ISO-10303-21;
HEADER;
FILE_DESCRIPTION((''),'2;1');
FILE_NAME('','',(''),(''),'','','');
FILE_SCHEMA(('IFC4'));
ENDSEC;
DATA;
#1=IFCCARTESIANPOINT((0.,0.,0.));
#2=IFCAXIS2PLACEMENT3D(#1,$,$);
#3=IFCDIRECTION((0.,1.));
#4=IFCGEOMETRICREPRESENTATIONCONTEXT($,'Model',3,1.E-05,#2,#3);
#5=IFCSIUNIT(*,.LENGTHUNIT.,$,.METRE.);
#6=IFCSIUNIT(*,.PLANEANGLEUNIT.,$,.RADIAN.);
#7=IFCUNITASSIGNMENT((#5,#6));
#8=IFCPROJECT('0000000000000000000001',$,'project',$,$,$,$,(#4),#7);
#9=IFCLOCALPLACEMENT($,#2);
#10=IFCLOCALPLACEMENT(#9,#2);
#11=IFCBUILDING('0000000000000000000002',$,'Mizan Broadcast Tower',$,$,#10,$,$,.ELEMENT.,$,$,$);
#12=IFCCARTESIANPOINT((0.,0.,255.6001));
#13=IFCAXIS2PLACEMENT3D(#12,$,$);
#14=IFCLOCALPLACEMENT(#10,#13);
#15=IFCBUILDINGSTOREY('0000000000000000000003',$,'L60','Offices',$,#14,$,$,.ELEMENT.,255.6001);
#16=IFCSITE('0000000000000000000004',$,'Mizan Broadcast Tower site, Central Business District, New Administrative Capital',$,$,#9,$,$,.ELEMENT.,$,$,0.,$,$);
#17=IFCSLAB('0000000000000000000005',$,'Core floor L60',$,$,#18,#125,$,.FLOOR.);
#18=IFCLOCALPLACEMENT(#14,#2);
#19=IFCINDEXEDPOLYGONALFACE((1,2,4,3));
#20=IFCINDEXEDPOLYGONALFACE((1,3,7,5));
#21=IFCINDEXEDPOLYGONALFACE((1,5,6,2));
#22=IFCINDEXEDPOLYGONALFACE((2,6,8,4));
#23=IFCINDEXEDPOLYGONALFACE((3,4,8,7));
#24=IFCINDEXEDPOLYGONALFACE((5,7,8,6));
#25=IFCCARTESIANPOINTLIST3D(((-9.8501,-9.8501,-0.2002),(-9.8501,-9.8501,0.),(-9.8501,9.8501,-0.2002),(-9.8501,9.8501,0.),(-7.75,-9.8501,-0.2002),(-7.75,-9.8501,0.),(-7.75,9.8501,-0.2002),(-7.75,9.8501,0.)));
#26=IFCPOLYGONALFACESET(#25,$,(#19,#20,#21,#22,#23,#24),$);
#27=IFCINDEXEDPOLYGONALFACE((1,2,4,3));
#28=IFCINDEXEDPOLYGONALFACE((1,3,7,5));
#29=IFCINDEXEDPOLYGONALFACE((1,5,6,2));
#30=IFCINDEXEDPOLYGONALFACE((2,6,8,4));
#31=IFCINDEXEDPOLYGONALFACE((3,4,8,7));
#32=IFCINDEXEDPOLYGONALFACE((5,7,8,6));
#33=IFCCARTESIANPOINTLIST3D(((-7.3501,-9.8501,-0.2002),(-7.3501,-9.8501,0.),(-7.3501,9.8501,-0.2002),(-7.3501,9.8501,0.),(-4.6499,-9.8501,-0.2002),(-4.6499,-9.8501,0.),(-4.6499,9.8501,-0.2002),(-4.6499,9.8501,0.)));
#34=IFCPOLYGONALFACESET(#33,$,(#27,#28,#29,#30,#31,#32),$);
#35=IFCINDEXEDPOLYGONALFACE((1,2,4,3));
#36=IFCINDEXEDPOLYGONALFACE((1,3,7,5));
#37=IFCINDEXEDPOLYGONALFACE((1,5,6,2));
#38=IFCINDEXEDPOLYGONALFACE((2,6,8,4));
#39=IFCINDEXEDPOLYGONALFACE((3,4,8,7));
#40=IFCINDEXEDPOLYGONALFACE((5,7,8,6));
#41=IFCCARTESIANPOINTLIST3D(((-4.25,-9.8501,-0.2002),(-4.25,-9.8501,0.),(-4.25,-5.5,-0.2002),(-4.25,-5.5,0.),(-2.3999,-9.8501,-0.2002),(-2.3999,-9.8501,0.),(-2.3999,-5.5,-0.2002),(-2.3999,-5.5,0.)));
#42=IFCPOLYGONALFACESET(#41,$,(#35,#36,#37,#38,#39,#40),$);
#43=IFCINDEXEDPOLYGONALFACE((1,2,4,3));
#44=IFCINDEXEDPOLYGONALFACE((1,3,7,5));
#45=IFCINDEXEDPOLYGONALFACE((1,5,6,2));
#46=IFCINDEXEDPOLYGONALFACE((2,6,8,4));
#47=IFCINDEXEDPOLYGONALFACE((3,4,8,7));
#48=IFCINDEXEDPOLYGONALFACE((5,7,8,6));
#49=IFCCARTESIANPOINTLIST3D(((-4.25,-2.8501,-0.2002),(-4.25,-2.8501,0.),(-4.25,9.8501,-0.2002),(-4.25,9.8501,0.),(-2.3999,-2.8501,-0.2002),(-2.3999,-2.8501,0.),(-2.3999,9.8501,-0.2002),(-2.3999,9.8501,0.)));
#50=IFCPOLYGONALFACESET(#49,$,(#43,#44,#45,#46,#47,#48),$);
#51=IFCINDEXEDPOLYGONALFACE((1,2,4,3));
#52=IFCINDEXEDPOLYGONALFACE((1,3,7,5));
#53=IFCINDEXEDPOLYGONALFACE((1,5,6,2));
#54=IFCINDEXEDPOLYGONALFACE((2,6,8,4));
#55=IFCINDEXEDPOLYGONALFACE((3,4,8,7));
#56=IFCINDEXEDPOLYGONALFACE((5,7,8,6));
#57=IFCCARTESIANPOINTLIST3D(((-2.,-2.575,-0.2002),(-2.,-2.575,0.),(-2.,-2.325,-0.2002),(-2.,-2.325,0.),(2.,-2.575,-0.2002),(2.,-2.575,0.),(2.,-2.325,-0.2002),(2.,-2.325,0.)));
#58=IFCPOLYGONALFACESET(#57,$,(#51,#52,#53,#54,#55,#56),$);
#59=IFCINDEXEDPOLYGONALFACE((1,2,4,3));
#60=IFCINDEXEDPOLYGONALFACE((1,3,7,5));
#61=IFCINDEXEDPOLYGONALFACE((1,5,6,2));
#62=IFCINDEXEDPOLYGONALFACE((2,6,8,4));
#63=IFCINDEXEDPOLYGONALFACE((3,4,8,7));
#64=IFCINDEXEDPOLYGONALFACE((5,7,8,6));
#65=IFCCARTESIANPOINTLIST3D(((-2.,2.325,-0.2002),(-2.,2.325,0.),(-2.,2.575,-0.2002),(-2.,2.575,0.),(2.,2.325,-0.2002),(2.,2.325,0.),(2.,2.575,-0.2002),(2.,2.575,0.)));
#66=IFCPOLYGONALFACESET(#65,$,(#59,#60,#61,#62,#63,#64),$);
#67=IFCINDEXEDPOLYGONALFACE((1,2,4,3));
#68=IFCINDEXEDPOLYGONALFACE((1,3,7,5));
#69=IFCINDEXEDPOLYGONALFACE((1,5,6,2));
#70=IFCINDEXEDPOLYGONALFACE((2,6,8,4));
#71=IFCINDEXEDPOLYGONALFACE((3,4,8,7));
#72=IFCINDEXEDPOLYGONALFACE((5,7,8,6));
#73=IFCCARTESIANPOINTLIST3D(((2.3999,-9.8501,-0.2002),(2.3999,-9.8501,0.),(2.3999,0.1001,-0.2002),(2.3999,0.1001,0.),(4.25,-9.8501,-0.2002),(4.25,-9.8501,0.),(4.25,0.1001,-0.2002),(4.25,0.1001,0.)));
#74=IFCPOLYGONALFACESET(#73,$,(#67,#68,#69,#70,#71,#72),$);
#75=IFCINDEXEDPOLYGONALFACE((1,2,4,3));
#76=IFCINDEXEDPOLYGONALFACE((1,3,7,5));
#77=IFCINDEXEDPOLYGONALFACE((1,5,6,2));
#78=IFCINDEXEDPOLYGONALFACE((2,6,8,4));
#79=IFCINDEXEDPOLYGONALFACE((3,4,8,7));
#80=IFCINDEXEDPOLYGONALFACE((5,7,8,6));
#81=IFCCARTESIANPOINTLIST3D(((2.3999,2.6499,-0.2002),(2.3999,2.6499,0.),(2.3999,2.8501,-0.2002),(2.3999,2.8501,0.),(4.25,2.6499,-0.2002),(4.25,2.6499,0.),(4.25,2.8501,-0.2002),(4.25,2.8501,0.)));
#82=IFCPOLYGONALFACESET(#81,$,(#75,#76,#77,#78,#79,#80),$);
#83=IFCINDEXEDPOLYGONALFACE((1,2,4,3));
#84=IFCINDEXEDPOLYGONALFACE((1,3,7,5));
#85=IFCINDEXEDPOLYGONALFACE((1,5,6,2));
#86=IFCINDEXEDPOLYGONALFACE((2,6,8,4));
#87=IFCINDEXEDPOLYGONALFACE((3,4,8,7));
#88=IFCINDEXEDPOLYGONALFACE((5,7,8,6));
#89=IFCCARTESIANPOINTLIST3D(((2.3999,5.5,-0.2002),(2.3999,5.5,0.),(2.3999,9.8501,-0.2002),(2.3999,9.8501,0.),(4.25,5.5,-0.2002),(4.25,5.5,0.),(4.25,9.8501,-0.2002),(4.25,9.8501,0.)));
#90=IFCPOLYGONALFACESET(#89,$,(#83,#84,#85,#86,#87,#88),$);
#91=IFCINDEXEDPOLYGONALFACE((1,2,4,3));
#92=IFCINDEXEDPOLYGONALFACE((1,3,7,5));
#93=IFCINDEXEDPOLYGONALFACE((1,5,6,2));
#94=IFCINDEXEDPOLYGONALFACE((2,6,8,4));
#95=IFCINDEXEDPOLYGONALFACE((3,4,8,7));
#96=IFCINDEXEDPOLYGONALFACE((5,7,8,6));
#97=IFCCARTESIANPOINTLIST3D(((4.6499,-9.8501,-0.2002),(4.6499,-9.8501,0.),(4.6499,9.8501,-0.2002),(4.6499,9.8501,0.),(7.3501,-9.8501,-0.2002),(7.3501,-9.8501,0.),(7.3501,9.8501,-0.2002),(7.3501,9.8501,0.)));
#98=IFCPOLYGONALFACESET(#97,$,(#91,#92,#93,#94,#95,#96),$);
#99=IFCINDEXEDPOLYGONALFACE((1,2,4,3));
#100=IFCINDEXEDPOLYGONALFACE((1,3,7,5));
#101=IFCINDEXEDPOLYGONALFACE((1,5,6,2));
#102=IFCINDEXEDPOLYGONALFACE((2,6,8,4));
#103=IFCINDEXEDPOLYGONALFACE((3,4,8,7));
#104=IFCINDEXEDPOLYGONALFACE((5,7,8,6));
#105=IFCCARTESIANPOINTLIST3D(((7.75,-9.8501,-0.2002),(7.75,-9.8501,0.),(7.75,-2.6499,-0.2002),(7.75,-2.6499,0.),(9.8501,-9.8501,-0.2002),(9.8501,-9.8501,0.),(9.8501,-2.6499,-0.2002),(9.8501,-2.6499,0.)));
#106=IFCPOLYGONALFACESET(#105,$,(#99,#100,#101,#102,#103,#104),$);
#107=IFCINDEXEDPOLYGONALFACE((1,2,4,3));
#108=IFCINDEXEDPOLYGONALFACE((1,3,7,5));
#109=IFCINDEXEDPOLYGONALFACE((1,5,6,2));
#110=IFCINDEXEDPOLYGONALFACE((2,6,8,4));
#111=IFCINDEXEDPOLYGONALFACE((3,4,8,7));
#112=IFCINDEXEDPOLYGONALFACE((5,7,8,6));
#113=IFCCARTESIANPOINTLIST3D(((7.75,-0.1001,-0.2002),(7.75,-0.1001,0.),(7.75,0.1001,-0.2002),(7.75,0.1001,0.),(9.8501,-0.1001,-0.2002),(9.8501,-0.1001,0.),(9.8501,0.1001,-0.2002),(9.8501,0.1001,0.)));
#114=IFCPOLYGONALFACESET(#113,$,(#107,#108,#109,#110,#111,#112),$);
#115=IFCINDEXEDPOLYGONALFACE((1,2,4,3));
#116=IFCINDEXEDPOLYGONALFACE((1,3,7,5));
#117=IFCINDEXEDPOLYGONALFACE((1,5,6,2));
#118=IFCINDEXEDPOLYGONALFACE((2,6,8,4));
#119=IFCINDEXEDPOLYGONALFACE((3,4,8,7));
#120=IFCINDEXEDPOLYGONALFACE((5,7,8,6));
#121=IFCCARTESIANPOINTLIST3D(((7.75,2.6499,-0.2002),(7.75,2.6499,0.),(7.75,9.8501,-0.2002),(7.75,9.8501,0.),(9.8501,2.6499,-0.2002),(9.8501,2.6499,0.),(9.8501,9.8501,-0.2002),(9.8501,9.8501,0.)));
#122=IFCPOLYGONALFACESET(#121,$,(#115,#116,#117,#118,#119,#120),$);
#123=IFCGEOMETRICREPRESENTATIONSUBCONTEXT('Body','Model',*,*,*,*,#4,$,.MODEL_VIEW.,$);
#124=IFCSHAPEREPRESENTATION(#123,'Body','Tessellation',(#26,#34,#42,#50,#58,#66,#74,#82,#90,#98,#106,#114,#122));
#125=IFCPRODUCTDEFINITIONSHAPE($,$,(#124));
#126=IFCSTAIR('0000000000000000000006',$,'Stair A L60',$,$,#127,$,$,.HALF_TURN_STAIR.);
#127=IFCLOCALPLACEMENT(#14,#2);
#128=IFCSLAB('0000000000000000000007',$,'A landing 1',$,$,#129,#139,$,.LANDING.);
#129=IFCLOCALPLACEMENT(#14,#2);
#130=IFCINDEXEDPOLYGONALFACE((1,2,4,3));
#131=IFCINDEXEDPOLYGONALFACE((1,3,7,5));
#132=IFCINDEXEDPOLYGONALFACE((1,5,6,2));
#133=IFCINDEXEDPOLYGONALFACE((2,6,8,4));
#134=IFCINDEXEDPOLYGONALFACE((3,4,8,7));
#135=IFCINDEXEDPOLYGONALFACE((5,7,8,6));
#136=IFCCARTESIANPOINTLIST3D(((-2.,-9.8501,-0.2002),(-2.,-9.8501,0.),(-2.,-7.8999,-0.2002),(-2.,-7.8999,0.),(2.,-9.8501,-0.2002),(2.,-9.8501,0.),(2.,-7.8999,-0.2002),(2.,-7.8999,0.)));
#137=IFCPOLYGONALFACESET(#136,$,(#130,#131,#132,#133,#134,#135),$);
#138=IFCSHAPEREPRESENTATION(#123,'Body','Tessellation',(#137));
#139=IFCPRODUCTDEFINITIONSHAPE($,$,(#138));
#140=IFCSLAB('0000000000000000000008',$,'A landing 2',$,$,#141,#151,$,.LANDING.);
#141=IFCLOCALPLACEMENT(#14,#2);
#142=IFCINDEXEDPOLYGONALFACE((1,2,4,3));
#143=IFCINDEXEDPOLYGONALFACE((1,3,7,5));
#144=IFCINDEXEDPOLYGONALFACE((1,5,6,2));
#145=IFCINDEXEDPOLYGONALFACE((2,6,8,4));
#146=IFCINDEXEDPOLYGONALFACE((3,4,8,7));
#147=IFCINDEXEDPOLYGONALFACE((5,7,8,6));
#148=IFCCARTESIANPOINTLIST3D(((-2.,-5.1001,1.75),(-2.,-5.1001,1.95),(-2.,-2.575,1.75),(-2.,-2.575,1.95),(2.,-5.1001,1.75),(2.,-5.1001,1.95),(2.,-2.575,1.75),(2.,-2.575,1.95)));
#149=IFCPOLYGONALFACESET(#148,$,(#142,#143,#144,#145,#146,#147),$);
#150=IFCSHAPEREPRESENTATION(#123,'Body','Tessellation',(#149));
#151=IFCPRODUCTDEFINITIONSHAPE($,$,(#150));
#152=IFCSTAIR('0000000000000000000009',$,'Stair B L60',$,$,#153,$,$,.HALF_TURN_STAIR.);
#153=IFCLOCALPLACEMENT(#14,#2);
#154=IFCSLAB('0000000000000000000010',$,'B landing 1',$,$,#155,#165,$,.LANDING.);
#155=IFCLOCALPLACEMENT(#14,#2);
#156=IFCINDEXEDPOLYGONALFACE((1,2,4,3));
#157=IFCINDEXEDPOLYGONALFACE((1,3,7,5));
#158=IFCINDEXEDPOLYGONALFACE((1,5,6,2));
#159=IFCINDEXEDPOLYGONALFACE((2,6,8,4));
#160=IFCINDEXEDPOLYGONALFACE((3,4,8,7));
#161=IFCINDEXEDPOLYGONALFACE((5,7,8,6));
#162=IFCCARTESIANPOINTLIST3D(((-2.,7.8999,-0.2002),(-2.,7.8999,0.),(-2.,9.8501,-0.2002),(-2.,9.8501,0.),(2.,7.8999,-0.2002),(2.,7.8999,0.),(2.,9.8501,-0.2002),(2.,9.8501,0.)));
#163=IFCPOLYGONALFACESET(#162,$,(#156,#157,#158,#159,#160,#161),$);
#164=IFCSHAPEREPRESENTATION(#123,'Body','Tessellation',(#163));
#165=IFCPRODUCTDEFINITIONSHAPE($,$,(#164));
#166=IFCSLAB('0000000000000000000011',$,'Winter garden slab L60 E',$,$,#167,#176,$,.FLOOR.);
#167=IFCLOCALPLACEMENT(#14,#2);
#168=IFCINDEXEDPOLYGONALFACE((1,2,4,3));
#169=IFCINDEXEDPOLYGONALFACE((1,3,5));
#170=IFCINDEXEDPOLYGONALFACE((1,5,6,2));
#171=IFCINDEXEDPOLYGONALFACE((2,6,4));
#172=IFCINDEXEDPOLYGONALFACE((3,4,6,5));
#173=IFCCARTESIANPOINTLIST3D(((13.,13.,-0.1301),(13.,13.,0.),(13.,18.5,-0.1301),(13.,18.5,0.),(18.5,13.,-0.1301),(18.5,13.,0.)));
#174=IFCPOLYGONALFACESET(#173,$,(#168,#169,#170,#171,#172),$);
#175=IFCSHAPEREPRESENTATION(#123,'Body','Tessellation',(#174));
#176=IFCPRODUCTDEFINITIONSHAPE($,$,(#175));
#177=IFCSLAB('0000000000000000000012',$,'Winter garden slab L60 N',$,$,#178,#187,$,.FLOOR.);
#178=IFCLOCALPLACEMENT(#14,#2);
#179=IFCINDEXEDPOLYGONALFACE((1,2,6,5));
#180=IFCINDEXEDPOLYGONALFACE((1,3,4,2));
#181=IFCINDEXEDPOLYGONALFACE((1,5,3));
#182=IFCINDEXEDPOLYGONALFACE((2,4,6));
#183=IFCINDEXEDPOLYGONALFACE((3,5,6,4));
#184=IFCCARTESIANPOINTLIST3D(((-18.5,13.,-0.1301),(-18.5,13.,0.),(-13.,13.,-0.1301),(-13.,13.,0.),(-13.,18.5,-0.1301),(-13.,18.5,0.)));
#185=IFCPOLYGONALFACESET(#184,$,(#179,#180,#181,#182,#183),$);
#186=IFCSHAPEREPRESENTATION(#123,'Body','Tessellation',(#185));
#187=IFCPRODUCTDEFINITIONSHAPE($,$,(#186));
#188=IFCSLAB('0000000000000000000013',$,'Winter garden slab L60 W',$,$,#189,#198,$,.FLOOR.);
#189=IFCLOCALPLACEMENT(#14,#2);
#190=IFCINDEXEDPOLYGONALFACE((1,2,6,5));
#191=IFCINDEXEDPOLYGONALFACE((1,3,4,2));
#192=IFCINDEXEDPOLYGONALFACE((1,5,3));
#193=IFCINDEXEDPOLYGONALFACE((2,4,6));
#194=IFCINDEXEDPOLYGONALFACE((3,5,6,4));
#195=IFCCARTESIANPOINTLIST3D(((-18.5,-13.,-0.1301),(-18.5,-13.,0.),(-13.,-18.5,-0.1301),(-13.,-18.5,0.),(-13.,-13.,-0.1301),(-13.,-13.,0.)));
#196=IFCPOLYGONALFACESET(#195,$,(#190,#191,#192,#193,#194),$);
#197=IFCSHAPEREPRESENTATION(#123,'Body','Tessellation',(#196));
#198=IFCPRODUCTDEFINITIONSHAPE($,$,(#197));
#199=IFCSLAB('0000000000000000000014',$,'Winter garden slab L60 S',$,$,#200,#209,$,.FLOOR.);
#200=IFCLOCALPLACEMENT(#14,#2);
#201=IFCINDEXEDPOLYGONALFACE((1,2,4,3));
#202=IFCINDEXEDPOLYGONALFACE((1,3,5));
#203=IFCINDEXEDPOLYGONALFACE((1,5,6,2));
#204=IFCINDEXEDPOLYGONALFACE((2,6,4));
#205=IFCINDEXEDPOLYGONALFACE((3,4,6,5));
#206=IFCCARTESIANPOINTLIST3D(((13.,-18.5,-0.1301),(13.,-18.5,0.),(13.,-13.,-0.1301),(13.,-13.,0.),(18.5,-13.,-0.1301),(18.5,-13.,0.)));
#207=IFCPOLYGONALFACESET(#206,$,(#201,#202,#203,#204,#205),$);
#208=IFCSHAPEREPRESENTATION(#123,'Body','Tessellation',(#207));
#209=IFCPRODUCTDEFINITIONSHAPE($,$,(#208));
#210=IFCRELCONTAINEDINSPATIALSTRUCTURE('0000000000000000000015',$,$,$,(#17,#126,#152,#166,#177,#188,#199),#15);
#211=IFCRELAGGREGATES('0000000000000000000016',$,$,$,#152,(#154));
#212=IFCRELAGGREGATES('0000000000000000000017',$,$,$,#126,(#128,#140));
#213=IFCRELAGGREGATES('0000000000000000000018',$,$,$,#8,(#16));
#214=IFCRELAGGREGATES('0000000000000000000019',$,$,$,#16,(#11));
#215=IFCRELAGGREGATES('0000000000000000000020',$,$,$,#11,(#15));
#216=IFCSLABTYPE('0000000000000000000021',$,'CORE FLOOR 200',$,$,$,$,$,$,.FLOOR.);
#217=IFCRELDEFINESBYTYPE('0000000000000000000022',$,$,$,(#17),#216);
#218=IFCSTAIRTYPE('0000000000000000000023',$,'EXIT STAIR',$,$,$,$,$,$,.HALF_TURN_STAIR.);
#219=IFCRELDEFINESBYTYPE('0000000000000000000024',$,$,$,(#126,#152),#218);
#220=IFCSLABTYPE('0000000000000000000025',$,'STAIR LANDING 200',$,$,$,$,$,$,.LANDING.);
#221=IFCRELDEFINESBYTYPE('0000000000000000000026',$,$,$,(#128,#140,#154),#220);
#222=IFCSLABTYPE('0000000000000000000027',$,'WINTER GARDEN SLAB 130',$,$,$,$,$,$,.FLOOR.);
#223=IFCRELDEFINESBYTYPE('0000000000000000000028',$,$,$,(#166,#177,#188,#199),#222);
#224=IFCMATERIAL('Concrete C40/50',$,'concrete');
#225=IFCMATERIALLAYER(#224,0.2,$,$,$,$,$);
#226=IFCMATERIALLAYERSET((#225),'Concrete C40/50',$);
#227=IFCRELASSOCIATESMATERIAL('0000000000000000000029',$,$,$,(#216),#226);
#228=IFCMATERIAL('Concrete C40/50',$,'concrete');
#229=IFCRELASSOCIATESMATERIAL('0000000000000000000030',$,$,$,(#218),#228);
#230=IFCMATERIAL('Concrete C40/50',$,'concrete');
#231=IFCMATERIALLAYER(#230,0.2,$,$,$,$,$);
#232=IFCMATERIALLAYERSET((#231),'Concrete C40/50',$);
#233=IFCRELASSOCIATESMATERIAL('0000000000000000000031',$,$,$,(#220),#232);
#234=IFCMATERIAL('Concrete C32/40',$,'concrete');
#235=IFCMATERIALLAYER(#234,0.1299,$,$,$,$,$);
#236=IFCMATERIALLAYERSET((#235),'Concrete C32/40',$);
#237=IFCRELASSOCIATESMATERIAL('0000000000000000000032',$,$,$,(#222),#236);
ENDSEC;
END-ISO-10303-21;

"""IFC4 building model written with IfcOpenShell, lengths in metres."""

from ifc_helpers import new_model, si_unit, direction, frame, origin, place, context, subcontext, project, spatial, polyline, outline, extrude, material, layer, layer_set, type_object, element, aggregate, save


model = new_model("IFC4")

# Units and contexts
model_context = context("Model", 3, precision=1e-05, world=origin(), true_north=direction((0.0, 1.0)))
body_context = subcontext(model_context, "Body", "Model", "MODEL_VIEW")
ifc_project = project(units=[si_unit("LENGTHUNIT", "METRE"), si_unit("PLANEANGLEUNIT", "RADIAN")], contexts=[model_context])

# Site, building, storey
site_placement = place(None, origin())
site = spatial("IfcSite", under=ifc_project, at=site_placement, Name="Mizan Broadcast Tower site, Central Business District, New Administrative Capital", CompositionType="ELEMENT", RefElevation=0.0)
building_placement = place(site_placement, origin())
building = spatial("IfcBuilding", under=site, at=building_placement, Name="Mizan Broadcast Tower", CompositionType="ELEMENT")
storey_placement = place(building_placement, frame((0.0, 0.0, 255.6001)))
storey = spatial("IfcBuildingStorey", under=building, at=storey_placement, Name="L60", Description="Offices", CompositionType="ELEMENT", Elevation=255.6001)

# Slab
ifc_material_1 = material(Name="Concrete C40/50", Category="concrete")
ifc_layer_1 = layer(ifc_material_1, 0.2)
ifc_layer_set_1 = layer_set([ifc_layer_1], Name="Concrete C40/50")
slab_type_1 = type_object("IfcSlabType", Name="CORE FLOOR 200", PredefinedType="FLOOR", material=ifc_layer_set_1)
slab_1_placement = place(storey_placement, frame((0.0, 0.0, -0.2002)))
element("IfcSlab", 1, at=slab_1_placement, inside=storey, type_object=slab_type_1, Name="Core floor L60", PredefinedType="FLOOR", context=body_context, shape_type="SweptSolid", body=[
    extrude(outline(polyline([(-9.8501, -9.8501), (-7.75, -9.8501), (-7.75, 9.8501), (-9.8501, 9.8501), (-9.8501, -9.8501)])), origin(), (0.0, 0.0, 1.0), 0.2002),
    extrude(outline(polyline([(-4.6499, 9.8501), (-7.3501, 9.8501), (-7.3501, -9.8501), (-4.6499, -9.8501), (-4.6499, 9.8501)])), origin(), (0.0, 0.0, 1.0), 0.2002),
    extrude(outline(polyline([(-4.25, -5.5), (-4.25, -9.8501), (-2.3999, -9.8501), (-2.3999, -5.5), (-4.25, -5.5)])), origin(), (0.0, 0.0, 1.0), 0.2002),
    extrude(outline(polyline([(-4.25, -2.8501), (-2.3999, -2.8501), (-2.3999, 9.8501), (-4.25, 9.8501), (-4.25, -2.8501)])), origin(), (0.0, 0.0, 1.0), 0.2002),
    extrude(outline(polyline([(2.0, -2.325), (-2.0, -2.325), (-2.0, -2.575), (2.0, -2.575), (2.0, -2.325)])), origin(), (0.0, 0.0, 1.0), 0.2002),
    extrude(outline(polyline([(2.0, 2.575), (-2.0, 2.575), (-2.0, 2.325), (2.0, 2.325), (2.0, 2.575)])), origin(), (0.0, 0.0, 1.0), 0.2002),
    extrude(outline(polyline([(4.25, -9.8501), (4.25, 0.1001), (2.3999, 0.1001), (2.3999, -9.8501), (4.25, -9.8501)])), origin(), (0.0, 0.0, 1.0), 0.2002),
    extrude(outline(polyline([(4.25, 2.6499), (4.25, 2.8501), (2.3999, 2.8501), (2.3999, 2.6499), (4.25, 2.6499)])), origin(), (0.0, 0.0, 1.0), 0.2002),
    extrude(outline(polyline([(4.25, 5.5), (4.25, 9.8501), (2.3999, 9.8501), (2.3999, 5.5), (4.25, 5.5)])), origin(), (0.0, 0.0, 1.0), 0.2002),
    extrude(outline(polyline([(4.6499, 9.8501), (4.6499, -9.8501), (7.3501, -9.8501), (7.3501, 9.8501), (4.6499, 9.8501)])), origin(), (0.0, 0.0, 1.0), 0.2002),
    extrude(outline(polyline([(9.8501, -9.8501), (9.8501, -2.6499), (7.75, -2.6499), (7.75, -9.8501), (9.8501, -9.8501)])), origin(), (0.0, 0.0, 1.0), 0.2002),
    extrude(outline(polyline([(9.8501, -0.1001), (9.8501, 0.1001), (7.75, 0.1001), (7.75, -0.1001), (9.8501, -0.1001)])), origin(), (0.0, 0.0, 1.0), 0.2002),
    extrude(outline(polyline([(7.75, 9.8501), (7.75, 2.6499), (9.8501, 2.6499), (9.8501, 9.8501), (7.75, 9.8501)])), origin(), (0.0, 0.0, 1.0), 0.2002),
])

# Stair, slabs
ifc_material_2 = material(Name="Concrete C40/50", Category="concrete")
stair_type = type_object("IfcStairType", Name="EXIT STAIR", PredefinedType="HALF_TURN_STAIR", material=ifc_material_2)
stair_1_placement = place(storey_placement, origin())
stair_1 = element("IfcStair", 2, at=stair_1_placement, inside=storey, type_object=stair_type, Name="Stair A L60", PredefinedType="HALF_TURN_STAIR")
ifc_material_3 = material(Name="Concrete C40/50", Category="concrete")
ifc_layer_2 = layer(ifc_material_3, 0.2)
ifc_layer_set_2 = layer_set([ifc_layer_2], Name="Concrete C40/50")
slab_type_2 = type_object("IfcSlabType", Name="STAIR LANDING 200", PredefinedType="LANDING", material=ifc_layer_set_2)
slab_2_placement = place(storey_placement, frame((0.0, 0.0, -0.2002)))
slab_2 = element("IfcSlab", 3, at=slab_2_placement, type_object=slab_type_2, Name="A landing 1", PredefinedType="LANDING", context=body_context, shape_type="SweptSolid", body=[
    extrude(outline(polyline([(-2.0, -9.8501), (-2.0, -7.8999), (2.0, -7.8999), (2.0, -9.8501), (-2.0, -9.8501)])), origin(), (0.0, 0.0, 1.0), 0.2002),
])
slab_3_placement = place(storey_placement, frame((0.0, 0.0, 1.75)))
slab_3 = element("IfcSlab", 4, at=slab_3_placement, type_object=slab_type_2, Name="A landing 2", PredefinedType="LANDING", context=body_context, shape_type="SweptSolid", body=[
    extrude(outline(polyline([(-2.0, -5.1001), (-2.0, -2.575), (2.0, -2.575), (2.0, -5.1001), (-2.0, -5.1001)])), origin(), (0.0, 0.0, 1.0), 0.2),
])

# Stair, slab
stair_2_placement = place(storey_placement, origin())
stair_2 = element("IfcStair", 5, at=stair_2_placement, inside=storey, type_object=stair_type, Name="Stair B L60", PredefinedType="HALF_TURN_STAIR")
slab_4_placement = place(storey_placement, frame((0.0, 0.0, -0.2002)))
slab_4 = element("IfcSlab", 6, at=slab_4_placement, type_object=slab_type_2, Name="B landing 1", PredefinedType="LANDING", context=body_context, shape_type="SweptSolid", body=[
    extrude(outline(polyline([(2.0, 9.8501), (2.0, 7.8999), (-2.0, 7.8999), (-2.0, 9.8501), (2.0, 9.8501)])), origin(), (0.0, 0.0, 1.0), 0.2002),
])
aggregate(stair_2, [slab_4])

# Slabs
ifc_material_4 = material(Name="Concrete C32/40", Category="concrete")
ifc_layer_3 = layer(ifc_material_4, 0.1299)
ifc_layer_set_3 = layer_set([ifc_layer_3], Name="Concrete C32/40")
slab_type_3 = type_object("IfcSlabType", Name="WINTER GARDEN SLAB 130", PredefinedType="FLOOR", material=ifc_layer_set_3)
slab_5_placement = place(storey_placement, frame((0.0, 0.0, -0.1301)))
element("IfcSlab", 7, at=slab_5_placement, inside=storey, type_object=slab_type_3, Name="Winter garden slab L60 E", PredefinedType="FLOOR", context=body_context, shape_type="SweptSolid", body=[
    extrude(outline(polyline([(13.0, 13.0), (18.5, 13.0), (13.0, 18.5), (13.0, 13.0)])), origin(), (0.0, 0.0, 1.0), 0.1301),
])
slab_6_placement = place(storey_placement, frame((0.0, 0.0, -0.1301)))
element("IfcSlab", 8, at=slab_6_placement, inside=storey, type_object=slab_type_3, Name="Winter garden slab L60 N", PredefinedType="FLOOR", context=body_context, shape_type="SweptSolid", body=[
    extrude(outline(polyline([(-13.0, 13.0), (-13.0, 18.5), (-18.5, 13.0), (-13.0, 13.0)])), origin(), (0.0, 0.0, 1.0), 0.1301),
])
slab_7_placement = place(storey_placement, frame((0.0, 0.0, -0.1301)))
element("IfcSlab", 9, at=slab_7_placement, inside=storey, type_object=slab_type_3, Name="Winter garden slab L60 W", PredefinedType="FLOOR", context=body_context, shape_type="SweptSolid", body=[
    extrude(outline(polyline([(-13.0, -13.0), (-18.5, -13.0), (-13.0, -18.5), (-13.0, -13.0)])), origin(), (0.0, 0.0, 1.0), 0.1301),
])
slab_8_placement = place(storey_placement, frame((0.0, 0.0, -0.1301)))
element("IfcSlab", 10, at=slab_8_placement, inside=storey, type_object=slab_type_3, Name="Winter garden slab L60 S", PredefinedType="FLOOR", context=body_context, shape_type="SweptSolid", body=[
    extrude(outline(polyline([(13.0, -13.0), (13.0, -18.5), (18.5, -13.0), (13.0, -13.0)])), origin(), (0.0, 0.0, 1.0), 0.1301),
])

aggregate(stair_1, [slab_2, slab_3])

save(model, "model.ifc")
